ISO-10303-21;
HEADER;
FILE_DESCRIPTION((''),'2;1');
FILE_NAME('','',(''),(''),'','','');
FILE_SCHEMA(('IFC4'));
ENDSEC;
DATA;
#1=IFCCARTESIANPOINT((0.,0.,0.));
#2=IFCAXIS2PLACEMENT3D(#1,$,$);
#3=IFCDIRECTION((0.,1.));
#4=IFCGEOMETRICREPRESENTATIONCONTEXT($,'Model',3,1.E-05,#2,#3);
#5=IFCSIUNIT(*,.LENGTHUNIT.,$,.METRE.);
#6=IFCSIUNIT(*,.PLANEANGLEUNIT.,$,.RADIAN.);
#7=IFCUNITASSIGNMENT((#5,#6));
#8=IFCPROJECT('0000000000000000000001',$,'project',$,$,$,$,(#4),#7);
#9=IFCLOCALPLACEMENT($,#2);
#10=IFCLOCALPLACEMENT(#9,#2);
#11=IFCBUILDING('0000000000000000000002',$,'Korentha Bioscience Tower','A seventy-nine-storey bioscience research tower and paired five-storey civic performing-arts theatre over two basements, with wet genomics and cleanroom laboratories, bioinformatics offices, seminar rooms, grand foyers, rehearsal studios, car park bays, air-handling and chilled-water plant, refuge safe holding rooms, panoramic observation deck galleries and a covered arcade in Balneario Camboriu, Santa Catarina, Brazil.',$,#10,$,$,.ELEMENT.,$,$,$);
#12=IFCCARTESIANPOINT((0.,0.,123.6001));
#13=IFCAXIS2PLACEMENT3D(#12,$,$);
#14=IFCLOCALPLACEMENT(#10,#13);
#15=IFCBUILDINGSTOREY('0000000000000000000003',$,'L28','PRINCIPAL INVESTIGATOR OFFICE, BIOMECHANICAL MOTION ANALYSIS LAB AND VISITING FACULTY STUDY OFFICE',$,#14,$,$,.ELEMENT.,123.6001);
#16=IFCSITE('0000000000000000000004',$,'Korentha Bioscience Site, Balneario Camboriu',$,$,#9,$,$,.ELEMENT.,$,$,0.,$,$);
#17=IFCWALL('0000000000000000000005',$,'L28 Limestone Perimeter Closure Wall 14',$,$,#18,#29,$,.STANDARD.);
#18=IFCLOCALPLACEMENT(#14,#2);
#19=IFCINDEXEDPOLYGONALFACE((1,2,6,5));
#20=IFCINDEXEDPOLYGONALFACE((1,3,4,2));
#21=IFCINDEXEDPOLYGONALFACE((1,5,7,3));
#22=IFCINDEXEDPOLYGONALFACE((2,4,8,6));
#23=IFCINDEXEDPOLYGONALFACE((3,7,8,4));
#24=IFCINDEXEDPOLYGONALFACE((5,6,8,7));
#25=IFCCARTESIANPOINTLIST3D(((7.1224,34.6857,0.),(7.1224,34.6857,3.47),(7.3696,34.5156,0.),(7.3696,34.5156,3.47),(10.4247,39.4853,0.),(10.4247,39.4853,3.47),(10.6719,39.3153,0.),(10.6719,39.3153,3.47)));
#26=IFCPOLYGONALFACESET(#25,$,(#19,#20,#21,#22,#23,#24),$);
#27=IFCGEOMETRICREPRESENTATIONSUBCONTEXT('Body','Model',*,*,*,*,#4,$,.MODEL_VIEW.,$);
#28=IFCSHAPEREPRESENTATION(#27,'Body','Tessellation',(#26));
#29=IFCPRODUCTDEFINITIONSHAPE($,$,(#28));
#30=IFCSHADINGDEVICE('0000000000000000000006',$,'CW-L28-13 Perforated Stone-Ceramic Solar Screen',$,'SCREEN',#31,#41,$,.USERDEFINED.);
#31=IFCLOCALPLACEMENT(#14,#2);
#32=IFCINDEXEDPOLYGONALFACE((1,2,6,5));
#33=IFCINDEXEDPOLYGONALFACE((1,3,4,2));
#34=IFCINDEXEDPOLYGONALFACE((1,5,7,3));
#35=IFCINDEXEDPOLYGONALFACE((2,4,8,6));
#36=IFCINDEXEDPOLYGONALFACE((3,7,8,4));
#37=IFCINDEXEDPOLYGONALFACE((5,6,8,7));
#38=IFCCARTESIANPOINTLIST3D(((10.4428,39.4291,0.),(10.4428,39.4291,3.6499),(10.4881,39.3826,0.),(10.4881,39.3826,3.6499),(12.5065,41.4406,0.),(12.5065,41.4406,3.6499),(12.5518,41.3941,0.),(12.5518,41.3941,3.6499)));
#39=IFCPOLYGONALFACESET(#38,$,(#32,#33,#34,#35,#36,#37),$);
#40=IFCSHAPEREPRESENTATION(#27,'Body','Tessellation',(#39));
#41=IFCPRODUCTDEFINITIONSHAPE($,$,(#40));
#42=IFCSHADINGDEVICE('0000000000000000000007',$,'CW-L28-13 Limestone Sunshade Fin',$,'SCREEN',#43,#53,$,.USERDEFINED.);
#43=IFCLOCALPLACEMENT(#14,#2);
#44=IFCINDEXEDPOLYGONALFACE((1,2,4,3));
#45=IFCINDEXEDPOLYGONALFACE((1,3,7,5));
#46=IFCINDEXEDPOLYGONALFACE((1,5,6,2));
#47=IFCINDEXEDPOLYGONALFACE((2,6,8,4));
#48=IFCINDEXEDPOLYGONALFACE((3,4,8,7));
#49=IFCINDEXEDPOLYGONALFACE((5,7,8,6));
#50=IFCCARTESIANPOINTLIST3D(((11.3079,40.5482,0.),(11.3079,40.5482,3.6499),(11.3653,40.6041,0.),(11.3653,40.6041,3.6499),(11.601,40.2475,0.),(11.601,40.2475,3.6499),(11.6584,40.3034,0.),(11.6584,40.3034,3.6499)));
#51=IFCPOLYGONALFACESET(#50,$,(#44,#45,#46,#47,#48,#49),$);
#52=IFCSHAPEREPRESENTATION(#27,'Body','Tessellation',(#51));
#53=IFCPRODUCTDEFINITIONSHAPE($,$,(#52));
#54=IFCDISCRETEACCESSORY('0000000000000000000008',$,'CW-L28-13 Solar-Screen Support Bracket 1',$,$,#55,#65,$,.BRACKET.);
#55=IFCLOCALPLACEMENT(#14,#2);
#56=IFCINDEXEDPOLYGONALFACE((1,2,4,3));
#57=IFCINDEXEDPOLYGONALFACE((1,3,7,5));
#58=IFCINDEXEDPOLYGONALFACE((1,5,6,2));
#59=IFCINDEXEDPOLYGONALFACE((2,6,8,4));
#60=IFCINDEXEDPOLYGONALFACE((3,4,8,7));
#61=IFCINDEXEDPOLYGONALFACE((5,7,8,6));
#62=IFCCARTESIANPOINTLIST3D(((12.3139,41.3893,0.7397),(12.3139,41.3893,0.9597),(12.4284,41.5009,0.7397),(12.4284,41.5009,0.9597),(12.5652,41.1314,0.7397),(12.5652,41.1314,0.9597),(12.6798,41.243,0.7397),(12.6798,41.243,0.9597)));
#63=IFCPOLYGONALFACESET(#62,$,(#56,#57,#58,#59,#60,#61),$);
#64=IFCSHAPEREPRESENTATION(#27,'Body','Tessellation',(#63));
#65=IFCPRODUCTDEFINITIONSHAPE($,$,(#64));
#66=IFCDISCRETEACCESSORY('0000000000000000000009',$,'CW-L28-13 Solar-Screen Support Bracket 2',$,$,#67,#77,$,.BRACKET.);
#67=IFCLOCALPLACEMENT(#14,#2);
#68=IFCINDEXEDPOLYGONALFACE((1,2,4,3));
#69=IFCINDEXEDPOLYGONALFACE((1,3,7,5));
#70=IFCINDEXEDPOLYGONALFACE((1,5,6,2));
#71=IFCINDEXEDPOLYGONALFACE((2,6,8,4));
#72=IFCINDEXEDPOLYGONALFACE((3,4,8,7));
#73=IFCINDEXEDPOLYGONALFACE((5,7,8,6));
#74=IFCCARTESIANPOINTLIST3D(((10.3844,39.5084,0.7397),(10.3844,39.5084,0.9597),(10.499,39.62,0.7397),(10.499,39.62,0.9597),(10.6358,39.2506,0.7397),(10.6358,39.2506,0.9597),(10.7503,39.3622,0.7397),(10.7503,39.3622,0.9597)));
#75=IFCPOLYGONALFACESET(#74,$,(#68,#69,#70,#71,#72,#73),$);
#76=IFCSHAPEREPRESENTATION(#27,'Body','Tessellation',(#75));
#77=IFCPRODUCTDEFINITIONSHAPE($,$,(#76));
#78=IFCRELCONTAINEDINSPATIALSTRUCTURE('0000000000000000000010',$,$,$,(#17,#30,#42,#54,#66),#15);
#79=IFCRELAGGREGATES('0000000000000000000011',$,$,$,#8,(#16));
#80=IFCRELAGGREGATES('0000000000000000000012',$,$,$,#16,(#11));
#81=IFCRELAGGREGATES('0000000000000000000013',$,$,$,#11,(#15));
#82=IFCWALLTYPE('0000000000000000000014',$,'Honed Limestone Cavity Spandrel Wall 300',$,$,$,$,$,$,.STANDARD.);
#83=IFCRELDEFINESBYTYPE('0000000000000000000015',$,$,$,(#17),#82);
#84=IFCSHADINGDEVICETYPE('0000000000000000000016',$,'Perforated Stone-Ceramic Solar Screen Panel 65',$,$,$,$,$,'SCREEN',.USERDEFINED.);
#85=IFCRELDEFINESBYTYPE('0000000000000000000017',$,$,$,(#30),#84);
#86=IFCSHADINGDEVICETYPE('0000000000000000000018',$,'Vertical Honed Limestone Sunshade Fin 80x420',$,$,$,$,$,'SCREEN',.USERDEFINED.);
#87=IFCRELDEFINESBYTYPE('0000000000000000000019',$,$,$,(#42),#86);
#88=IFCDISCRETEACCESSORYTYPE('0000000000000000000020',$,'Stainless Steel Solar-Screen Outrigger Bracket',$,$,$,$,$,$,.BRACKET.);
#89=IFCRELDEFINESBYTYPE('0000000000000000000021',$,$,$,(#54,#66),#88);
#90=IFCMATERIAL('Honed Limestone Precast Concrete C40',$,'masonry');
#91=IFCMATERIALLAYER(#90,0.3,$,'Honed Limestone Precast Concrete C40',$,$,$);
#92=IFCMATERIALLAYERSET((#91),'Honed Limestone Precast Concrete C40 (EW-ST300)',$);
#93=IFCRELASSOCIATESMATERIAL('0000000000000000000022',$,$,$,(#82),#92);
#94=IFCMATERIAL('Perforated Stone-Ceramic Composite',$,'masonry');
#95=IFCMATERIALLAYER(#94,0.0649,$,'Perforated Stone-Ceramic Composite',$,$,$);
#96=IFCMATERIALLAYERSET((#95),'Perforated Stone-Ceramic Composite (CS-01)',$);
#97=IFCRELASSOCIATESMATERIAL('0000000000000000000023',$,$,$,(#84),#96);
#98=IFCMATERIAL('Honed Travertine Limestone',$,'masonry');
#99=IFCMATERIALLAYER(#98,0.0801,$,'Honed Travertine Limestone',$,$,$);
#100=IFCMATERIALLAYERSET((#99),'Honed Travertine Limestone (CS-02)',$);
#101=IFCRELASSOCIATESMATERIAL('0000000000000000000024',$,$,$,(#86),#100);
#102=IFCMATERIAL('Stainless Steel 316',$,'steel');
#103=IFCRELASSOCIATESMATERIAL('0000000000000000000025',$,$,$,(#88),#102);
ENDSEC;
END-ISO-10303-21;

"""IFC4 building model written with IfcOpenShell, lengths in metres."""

from ifc_helpers import new_model, si_unit, direction, frame, frame_2d, origin, origin_2d, place, context, subcontext, project, spatial, rectangle, extrude, material, layer, layer_set, type_object, element, save


model = new_model("IFC4")

# Units and contexts
model_context = context("Model", 3, precision=1e-05, world=origin(), true_north=direction((0.0, 1.0)))
body_context = subcontext(model_context, "Body", "Model", "MODEL_VIEW")
ifc_project = project(units=[si_unit("LENGTHUNIT", "METRE"), si_unit("PLANEANGLEUNIT", "RADIAN")], contexts=[model_context])

# Site, building, storey
site_placement = place(None, origin())
site = spatial("IfcSite", under=ifc_project, at=site_placement, Name="Korentha Bioscience Site, Balneario Camboriu", CompositionType="ELEMENT", RefElevation=0.0)
building_placement = place(site_placement, origin())
building = spatial("IfcBuilding", under=site, at=building_placement, Name="Korentha Bioscience Tower", Description="A seventy-nine-storey bioscience research tower and paired five-storey civic performing-arts theatre over two basements, with wet genomics and cleanroom laboratories, bioinformatics offices, seminar rooms, grand foyers, rehearsal studios, car park bays, air-handling and chilled-water plant, refuge safe holding rooms, panoramic observation deck galleries and a covered arcade in Balneario Camboriu, Santa Catarina, Brazil.", CompositionType="ELEMENT")
storey_placement = place(building_placement, frame((0.0, 0.0, 123.6001)))
storey = spatial("IfcBuildingStorey", under=building, at=storey_placement, Name="L28", Description="PRINCIPAL INVESTIGATOR OFFICE, BIOMECHANICAL MOTION ANALYSIS LAB AND VISITING FACULTY STUDY OFFICE", CompositionType="ELEMENT", Elevation=123.6001)

# Shared definitions
ifc_material_1 = material(Name="Honed Limestone Precast Concrete C40", Category="masonry")
ifc_layer_1 = layer(ifc_material_1, 0.3, Name="Honed Limestone Precast Concrete C40")
ifc_layer_set_1 = layer_set([ifc_layer_1], Name="Honed Limestone Precast Concrete C40 (EW-ST300)")
wall_type_1 = type_object("IfcWallType", Name="Honed Limestone Cavity Spandrel Wall 300", PredefinedType="STANDARD", material=ifc_layer_set_1)

# Wall
wall_1_placement = place(storey_placement, frame((10.5483, 39.4004, 0.0), z_axis=(0.0, 0.0, 1.0), x_axis=(-0.566826, -0.823838, 0.0)))
element("IfcWall", 1, at=wall_1_placement, inside=storey, type_object=wall_type_1, Name="L28 Limestone Perimeter Closure Wall 14", PredefinedType="STANDARD", context=body_context, shape_type="SweptSolid", body=[
    extrude(rectangle(XDim=5.8259, YDim=0.3, at=frame_2d((2.9131, 0.0))), origin(), (0.0, 0.0, 1.0), 3.47),
])

# Shading devices
ifc_material_2 = material(Name="Perforated Stone-Ceramic Composite", Category="masonry")
ifc_layer_2 = layer(ifc_material_2, 0.0649, Name="Perforated Stone-Ceramic Composite")
ifc_layer_set_2 = layer_set([ifc_layer_2], Name="Perforated Stone-Ceramic Composite (CS-01)")
shading_device_type_1 = type_object("IfcShadingDeviceType", Name="Perforated Stone-Ceramic Solar Screen Panel 65", ElementType="SCREEN", PredefinedType="USERDEFINED", material=ifc_layer_set_2)
shading_device_1_placement = place(storey_placement, frame((11.4973, 40.4116, 0.0), z_axis=(0.0, 0.0, 1.0), x_axis=(-0.716096, -0.698002, 0.0)))
element("IfcShadingDevice", 2, at=shading_device_1_placement, inside=storey, type_object=shading_device_type_1, Name="CW-L28-13 Perforated Stone-Ceramic Solar Screen", ObjectType="SCREEN", PredefinedType="USERDEFINED", context=body_context, shape_type="SweptSolid", body=[
    extrude(rectangle(XDim=2.8818, YDim=0.0649, at=origin_2d()), origin(), (0.0, 0.0, 1.0), 3.6499),
])
ifc_material_3 = material(Name="Honed Travertine Limestone", Category="masonry")
ifc_layer_3 = layer(ifc_material_3, 0.0801, Name="Honed Travertine Limestone")
ifc_layer_set_3 = layer_set([ifc_layer_3], Name="Honed Travertine Limestone (CS-02)")
shading_device_type_2 = type_object("IfcShadingDeviceType", Name="Vertical Honed Limestone Sunshade Fin 80x420", ElementType="SCREEN", PredefinedType="USERDEFINED", material=ifc_layer_set_3)
shading_device_2_placement = place(storey_placement, frame((11.4832, 40.4258, 0.0), z_axis=(0.0, 0.0, 1.0), x_axis=(-0.716096, -0.698002, 0.0)))
element("IfcShadingDevice", 3, at=shading_device_2_placement, inside=storey, type_object=shading_device_type_2, Name="CW-L28-13 Limestone Sunshade Fin", ObjectType="SCREEN", PredefinedType="USERDEFINED", context=body_context, shape_type="SweptSolid", body=[
    extrude(rectangle(XDim=0.0801, YDim=0.4199, at=origin_2d()), origin(), (0.0, 0.0, 1.0), 3.6499),
])

# Discrete accessories
ifc_material_4 = material(Name="Stainless Steel 316", Category="steel")
discrete_accessory_type = type_object("IfcDiscreteAccessoryType", Name="Stainless Steel Solar-Screen Outrigger Bracket", PredefinedType="BRACKET", material=ifc_material_4)
for number, where, z_axis, x_axis, name in (
    (4, (12.4968, 41.3162, 0.7397), (0.0, 0.0, 1.0), (-0.716096, -0.698002, 0.0), "CW-L28-13 Solar-Screen Support Bracket 1"),
    (5, (10.5674, 39.4353, 0.7397), (0.0, 0.0, 1.0), (-0.716096, -0.698002, 0.0), "CW-L28-13 Solar-Screen Support Bracket 2"),
):
    element("IfcDiscreteAccessory", number, at=place(storey_placement, frame(where, z_axis=z_axis, x_axis=x_axis)), inside=storey, type_object=discrete_accessory_type, Name=name, PredefinedType="BRACKET", context=body_context, shape_type="SweptSolid", body=[
        extrude(rectangle(XDim=0.1599, YDim=0.3601, at=origin_2d()), origin(), (0.0, 0.0, 1.0), 0.22),
    ])

save(model, "model.ifc")
